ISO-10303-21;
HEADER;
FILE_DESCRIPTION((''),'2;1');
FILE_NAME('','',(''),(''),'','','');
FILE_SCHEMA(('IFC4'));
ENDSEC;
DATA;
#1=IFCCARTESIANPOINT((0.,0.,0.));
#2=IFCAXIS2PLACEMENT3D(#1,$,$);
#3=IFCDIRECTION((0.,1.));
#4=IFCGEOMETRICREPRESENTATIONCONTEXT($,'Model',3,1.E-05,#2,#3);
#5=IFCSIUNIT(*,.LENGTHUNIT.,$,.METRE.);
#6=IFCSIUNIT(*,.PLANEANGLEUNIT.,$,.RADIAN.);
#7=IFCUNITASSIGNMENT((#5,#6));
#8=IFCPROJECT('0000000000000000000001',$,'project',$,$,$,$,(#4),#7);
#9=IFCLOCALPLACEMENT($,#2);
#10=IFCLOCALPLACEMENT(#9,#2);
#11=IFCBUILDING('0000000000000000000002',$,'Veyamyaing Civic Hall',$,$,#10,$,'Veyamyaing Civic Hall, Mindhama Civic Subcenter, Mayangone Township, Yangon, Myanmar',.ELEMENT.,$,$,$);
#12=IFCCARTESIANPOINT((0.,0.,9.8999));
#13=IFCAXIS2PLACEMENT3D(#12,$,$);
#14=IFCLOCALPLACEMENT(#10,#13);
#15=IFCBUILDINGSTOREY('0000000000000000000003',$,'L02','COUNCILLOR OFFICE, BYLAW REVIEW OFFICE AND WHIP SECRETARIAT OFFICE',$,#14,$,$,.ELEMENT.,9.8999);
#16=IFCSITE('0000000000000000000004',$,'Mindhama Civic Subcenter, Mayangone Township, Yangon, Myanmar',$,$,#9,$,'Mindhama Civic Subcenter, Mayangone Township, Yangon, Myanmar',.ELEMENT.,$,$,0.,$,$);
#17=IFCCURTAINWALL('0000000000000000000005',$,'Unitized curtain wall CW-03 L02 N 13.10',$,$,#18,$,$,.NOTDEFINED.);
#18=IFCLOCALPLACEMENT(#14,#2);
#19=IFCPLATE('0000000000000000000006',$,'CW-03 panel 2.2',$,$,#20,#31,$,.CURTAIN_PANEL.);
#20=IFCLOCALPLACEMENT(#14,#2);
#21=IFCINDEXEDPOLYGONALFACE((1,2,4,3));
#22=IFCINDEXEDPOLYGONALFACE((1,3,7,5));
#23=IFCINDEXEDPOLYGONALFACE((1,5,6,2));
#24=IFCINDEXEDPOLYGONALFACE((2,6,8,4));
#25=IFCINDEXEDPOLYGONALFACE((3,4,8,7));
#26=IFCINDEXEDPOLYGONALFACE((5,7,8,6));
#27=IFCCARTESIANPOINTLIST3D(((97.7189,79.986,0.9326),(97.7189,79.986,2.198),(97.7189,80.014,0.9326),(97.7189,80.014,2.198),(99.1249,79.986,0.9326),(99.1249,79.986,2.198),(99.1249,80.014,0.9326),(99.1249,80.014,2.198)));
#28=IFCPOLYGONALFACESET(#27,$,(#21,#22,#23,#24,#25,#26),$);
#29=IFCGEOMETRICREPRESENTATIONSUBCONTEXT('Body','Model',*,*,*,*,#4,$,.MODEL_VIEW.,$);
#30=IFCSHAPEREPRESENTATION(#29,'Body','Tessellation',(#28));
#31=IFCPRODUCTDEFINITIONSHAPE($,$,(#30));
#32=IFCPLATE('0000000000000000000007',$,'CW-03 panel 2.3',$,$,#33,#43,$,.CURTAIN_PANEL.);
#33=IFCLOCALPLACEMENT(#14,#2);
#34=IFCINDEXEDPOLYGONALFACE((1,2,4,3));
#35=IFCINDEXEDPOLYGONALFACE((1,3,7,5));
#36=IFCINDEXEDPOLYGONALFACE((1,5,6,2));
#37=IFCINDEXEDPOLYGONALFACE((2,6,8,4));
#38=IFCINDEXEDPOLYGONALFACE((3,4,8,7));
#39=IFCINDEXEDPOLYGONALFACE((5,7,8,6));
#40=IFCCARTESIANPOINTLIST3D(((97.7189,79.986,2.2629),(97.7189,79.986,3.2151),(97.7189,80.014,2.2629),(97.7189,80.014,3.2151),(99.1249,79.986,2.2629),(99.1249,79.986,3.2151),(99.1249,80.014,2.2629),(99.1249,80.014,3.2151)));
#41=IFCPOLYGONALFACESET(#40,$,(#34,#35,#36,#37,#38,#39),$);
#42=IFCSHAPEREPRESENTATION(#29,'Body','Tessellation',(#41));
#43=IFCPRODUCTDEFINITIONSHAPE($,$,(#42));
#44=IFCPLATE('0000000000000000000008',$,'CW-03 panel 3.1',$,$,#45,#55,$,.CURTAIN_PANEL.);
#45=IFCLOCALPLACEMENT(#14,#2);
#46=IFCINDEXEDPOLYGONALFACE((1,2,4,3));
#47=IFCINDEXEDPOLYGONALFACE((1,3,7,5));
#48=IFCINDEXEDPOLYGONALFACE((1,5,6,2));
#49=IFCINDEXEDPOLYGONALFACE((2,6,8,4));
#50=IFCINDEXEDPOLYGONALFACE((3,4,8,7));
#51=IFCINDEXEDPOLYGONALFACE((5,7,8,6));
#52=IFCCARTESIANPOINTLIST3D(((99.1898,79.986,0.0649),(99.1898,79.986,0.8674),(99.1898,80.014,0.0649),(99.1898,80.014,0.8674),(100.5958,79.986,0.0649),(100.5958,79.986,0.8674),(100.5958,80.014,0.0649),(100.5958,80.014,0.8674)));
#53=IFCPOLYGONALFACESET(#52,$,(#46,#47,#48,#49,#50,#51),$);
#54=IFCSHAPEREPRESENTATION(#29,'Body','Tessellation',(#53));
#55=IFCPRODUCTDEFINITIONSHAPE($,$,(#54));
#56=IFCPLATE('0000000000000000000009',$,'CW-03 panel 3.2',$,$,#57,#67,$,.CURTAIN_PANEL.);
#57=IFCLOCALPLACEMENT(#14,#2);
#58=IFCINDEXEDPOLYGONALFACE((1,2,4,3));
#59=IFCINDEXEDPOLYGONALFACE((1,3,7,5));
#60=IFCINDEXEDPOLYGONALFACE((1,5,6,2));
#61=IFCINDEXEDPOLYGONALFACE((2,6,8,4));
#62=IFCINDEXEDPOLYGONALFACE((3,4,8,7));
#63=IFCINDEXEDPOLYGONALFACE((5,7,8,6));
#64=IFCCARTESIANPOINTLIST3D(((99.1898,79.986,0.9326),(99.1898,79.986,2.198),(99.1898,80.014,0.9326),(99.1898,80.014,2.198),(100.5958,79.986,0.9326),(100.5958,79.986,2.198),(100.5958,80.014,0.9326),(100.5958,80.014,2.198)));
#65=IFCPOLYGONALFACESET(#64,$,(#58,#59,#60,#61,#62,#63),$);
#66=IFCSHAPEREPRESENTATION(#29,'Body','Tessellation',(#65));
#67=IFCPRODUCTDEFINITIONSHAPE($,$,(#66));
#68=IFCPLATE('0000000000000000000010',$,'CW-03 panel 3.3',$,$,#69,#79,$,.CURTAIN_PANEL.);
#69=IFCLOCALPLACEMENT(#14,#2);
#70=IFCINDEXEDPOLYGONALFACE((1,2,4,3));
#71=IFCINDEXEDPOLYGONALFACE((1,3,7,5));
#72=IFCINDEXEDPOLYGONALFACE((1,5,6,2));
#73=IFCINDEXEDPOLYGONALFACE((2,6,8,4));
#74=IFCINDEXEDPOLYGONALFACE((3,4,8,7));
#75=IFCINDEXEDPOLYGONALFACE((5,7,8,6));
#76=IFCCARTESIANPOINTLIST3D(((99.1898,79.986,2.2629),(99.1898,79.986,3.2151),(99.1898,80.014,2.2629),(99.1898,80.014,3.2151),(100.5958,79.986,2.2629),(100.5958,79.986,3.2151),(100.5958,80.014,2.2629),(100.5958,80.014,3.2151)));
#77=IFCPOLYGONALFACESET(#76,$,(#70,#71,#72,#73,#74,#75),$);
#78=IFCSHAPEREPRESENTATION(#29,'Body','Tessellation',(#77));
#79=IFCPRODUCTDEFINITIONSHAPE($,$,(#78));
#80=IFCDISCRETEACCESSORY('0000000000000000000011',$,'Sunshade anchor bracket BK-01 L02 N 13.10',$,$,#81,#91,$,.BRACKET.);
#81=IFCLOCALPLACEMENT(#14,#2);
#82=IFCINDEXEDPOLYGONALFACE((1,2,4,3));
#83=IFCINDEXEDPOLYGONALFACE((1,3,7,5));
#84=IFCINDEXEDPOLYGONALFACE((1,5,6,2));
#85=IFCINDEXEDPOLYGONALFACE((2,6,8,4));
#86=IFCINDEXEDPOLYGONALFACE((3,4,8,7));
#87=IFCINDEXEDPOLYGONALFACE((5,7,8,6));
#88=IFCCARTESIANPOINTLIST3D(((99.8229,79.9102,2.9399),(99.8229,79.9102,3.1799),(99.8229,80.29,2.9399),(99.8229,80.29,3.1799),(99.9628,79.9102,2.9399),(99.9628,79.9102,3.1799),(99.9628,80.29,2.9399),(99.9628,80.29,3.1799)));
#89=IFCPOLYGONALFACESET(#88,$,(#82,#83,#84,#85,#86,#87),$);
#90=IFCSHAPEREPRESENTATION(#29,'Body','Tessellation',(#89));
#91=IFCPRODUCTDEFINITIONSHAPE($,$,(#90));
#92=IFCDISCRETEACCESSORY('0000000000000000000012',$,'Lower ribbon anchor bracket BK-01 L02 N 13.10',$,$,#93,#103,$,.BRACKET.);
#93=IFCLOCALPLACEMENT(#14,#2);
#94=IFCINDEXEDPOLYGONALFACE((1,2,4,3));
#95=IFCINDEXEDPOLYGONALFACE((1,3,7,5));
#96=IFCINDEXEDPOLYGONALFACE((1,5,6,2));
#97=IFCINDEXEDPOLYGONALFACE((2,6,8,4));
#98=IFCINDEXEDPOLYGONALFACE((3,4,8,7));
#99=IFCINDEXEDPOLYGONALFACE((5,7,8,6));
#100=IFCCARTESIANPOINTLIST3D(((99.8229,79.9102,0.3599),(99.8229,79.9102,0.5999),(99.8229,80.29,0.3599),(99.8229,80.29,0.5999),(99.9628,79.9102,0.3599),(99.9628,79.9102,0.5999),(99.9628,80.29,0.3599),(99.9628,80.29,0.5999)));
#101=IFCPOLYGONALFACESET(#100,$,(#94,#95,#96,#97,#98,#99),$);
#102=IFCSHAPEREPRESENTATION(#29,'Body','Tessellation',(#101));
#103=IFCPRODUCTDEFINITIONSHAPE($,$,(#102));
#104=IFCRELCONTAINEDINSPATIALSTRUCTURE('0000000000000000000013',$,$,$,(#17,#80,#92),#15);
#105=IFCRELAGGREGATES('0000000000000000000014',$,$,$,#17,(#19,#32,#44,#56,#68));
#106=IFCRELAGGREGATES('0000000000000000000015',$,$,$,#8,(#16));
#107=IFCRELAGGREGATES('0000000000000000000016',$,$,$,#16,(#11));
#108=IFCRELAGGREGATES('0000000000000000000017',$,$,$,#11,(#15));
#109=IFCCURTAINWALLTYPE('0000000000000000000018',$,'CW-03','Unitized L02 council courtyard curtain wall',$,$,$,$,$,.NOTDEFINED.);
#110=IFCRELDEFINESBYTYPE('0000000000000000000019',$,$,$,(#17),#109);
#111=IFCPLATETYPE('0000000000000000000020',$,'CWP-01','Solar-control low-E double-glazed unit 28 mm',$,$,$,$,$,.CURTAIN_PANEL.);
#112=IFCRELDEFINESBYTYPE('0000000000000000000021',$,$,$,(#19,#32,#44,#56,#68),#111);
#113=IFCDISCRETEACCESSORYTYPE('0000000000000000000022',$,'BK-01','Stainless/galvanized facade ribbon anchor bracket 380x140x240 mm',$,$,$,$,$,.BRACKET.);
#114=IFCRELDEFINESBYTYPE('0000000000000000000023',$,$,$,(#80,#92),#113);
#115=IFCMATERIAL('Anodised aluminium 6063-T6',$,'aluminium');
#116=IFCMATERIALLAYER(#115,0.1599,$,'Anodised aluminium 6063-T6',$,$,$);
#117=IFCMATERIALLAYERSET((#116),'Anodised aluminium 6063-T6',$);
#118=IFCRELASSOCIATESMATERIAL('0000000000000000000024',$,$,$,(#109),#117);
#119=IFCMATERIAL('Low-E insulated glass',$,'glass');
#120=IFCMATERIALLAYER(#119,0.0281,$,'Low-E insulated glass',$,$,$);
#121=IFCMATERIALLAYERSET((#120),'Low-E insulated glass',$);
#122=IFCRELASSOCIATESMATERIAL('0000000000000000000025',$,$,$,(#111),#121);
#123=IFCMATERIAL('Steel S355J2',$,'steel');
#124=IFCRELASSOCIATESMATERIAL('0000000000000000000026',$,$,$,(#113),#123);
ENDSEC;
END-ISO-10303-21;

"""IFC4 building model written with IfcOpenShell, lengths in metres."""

from ifc_helpers import new_model, si_unit, direction, frame, origin, origin_2d, place, context, subcontext, project, spatial, rectangle, extrude, material, layer, layer_set, type_object, element, aggregate, save


model = new_model("IFC4")

# Units and contexts
model_context = context("Model", 3, precision=1e-05, world=origin(), true_north=direction((0.0, 1.0)))
body_context = subcontext(model_context, "Body", "Model", "MODEL_VIEW")
ifc_project = project(units=[si_unit("LENGTHUNIT", "METRE"), si_unit("PLANEANGLEUNIT", "RADIAN")], contexts=[model_context])

# Site, building, storey
site_placement = place(None, origin())
site = spatial("IfcSite", under=ifc_project, at=site_placement, Name="Mindhama Civic Subcenter, Mayangone Township, Yangon, Myanmar", LongName="Mindhama Civic Subcenter, Mayangone Township, Yangon, Myanmar", CompositionType="ELEMENT", RefElevation=0.0)
building_placement = place(site_placement, origin())
building = spatial("IfcBuilding", under=site, at=building_placement, Name="Veyamyaing Civic Hall", LongName="Veyamyaing Civic Hall, Mindhama Civic Subcenter, Mayangone Township, Yangon, Myanmar", CompositionType="ELEMENT")
storey_placement = place(building_placement, frame((0.0, 0.0, 9.8999)))
storey = spatial("IfcBuildingStorey", under=building, at=storey_placement, Name="L02", Description="COUNCILLOR OFFICE, BYLAW REVIEW OFFICE AND WHIP SECRETARIAT OFFICE", CompositionType="ELEMENT", Elevation=9.8999)

# Curtain wall, plates
ifc_material_1 = material(Name="Anodised aluminium 6063-T6", Category="aluminium")
ifc_layer_1 = layer(ifc_material_1, 0.1599, Name="Anodised aluminium 6063-T6")
ifc_layer_set_1 = layer_set([ifc_layer_1], Name="Anodised aluminium 6063-T6")
curtain_wall_type = type_object("IfcCurtainWallType", Name="CW-03", Description="Unitized L02 council courtyard curtain wall", PredefinedType="NOTDEFINED", material=ifc_layer_set_1)
curtain_wall_placement = place(storey_placement, origin())
curtain_wall = element("IfcCurtainWall", 1, at=curtain_wall_placement, inside=storey, type_object=curtain_wall_type, Name="Unitized curtain wall CW-03 L02 N 13.10", PredefinedType="NOTDEFINED")
ifc_material_2 = material(Name="Low-E insulated glass", Category="glass")
ifc_layer_2 = layer(ifc_material_2, 0.0281, Name="Low-E insulated glass")
ifc_layer_set_2 = layer_set([ifc_layer_2], Name="Low-E insulated glass")
plate_type = type_object("IfcPlateType", Name="CWP-01", Description="Solar-control low-E double-glazed unit 28 mm", PredefinedType="CURTAIN_PANEL", material=ifc_layer_set_2)
plate_1_placement = place(storey_placement, frame((98.4219, 80.0, 0.9326), z_axis=(0.0, 0.0, 1.0), x_axis=(1.0, 0.0, 0.0)))
plate_1 = element("IfcPlate", 2, at=plate_1_placement, type_object=plate_type, Name="CW-03 panel 2.2", PredefinedType="CURTAIN_PANEL", context=body_context, shape_type="SweptSolid", body=[
    extrude(rectangle(XDim=1.406, YDim=0.0281, at=origin_2d()), origin(), (0.0, 0.0, 1.0), 1.2654),
])
plate_2_placement = place(storey_placement, frame((98.4219, 80.0, 2.2629), z_axis=(0.0, 0.0, 1.0), x_axis=(1.0, 0.0, 0.0)))
plate_2 = element("IfcPlate", 3, at=plate_2_placement, type_object=plate_type, Name="CW-03 panel 2.3", PredefinedType="CURTAIN_PANEL", context=body_context, shape_type="SweptSolid", body=[
    extrude(rectangle(XDim=1.406, YDim=0.0281, at=origin_2d()), origin(), (0.0, 0.0, 1.0), 0.9521),
])
plate_3_placement = place(storey_placement, frame((99.8928, 80.0, 0.0649), z_axis=(0.0, 0.0, 1.0), x_axis=(1.0, 0.0, 0.0)))
plate_3 = element("IfcPlate", 4, at=plate_3_placement, type_object=plate_type, Name="CW-03 panel 3.1", PredefinedType="CURTAIN_PANEL", context=body_context, shape_type="SweptSolid", body=[
    extrude(rectangle(XDim=1.406, YDim=0.0281, at=origin_2d()), origin(), (0.0, 0.0, 1.0), 0.8025),
])
plate_4_placement = place(storey_placement, frame((99.8928, 80.0, 0.9326), z_axis=(0.0, 0.0, 1.0), x_axis=(1.0, 0.0, 0.0)))
plate_4 = element("IfcPlate", 5, at=plate_4_placement, type_object=plate_type, Name="CW-03 panel 3.2", PredefinedType="CURTAIN_PANEL", context=body_context, shape_type="SweptSolid", body=[
    extrude(rectangle(XDim=1.406, YDim=0.0281, at=origin_2d()), origin(), (0.0, 0.0, 1.0), 1.2654),
])
plate_5_placement = place(storey_placement, frame((99.8928, 80.0, 2.2629), z_axis=(0.0, 0.0, 1.0), x_axis=(1.0, 0.0, 0.0)))
plate_5 = element("IfcPlate", 6, at=plate_5_placement, type_object=plate_type, Name="CW-03 panel 3.3", PredefinedType="CURTAIN_PANEL", context=body_context, shape_type="SweptSolid", body=[
    extrude(rectangle(XDim=1.406, YDim=0.0281, at=origin_2d()), origin(), (0.0, 0.0, 1.0), 0.9521),
])
aggregate(curtain_wall, [plate_1, plate_2, plate_3, plate_4, plate_5])

# Discrete accessories
ifc_material_3 = material(Name="Steel S355J2", Category="steel")
discrete_accessory_type = type_object("IfcDiscreteAccessoryType", Name="BK-01", Description="Stainless/galvanized facade ribbon anchor bracket 380x140x240 mm", PredefinedType="BRACKET", material=ifc_material_3)
for number, where, z_axis, x_axis, name in (
    (7, (99.8928, 80.1001, 2.9399), (0.0, 0.0, 1.0), (0.0, 1.0, 0.0), "Sunshade anchor bracket BK-01 L02 N 13.10"),
    (8, (99.8928, 80.1001, 0.3599), (0.0, 0.0, 1.0), (0.0, 1.0, 0.0), "Lower ribbon anchor bracket BK-01 L02 N 13.10"),
):
    element("IfcDiscreteAccessory", number, at=place(storey_placement, frame(where, z_axis=z_axis, x_axis=x_axis)), inside=storey, type_object=discrete_accessory_type, Name=name, PredefinedType="BRACKET", context=body_context, shape_type="SweptSolid", body=[
        extrude(rectangle(XDim=0.3799, YDim=0.1399, at=origin_2d()), origin(), (0.0, 0.0, 1.0), 0.24),
    ])

save(model, "model.ifc")
